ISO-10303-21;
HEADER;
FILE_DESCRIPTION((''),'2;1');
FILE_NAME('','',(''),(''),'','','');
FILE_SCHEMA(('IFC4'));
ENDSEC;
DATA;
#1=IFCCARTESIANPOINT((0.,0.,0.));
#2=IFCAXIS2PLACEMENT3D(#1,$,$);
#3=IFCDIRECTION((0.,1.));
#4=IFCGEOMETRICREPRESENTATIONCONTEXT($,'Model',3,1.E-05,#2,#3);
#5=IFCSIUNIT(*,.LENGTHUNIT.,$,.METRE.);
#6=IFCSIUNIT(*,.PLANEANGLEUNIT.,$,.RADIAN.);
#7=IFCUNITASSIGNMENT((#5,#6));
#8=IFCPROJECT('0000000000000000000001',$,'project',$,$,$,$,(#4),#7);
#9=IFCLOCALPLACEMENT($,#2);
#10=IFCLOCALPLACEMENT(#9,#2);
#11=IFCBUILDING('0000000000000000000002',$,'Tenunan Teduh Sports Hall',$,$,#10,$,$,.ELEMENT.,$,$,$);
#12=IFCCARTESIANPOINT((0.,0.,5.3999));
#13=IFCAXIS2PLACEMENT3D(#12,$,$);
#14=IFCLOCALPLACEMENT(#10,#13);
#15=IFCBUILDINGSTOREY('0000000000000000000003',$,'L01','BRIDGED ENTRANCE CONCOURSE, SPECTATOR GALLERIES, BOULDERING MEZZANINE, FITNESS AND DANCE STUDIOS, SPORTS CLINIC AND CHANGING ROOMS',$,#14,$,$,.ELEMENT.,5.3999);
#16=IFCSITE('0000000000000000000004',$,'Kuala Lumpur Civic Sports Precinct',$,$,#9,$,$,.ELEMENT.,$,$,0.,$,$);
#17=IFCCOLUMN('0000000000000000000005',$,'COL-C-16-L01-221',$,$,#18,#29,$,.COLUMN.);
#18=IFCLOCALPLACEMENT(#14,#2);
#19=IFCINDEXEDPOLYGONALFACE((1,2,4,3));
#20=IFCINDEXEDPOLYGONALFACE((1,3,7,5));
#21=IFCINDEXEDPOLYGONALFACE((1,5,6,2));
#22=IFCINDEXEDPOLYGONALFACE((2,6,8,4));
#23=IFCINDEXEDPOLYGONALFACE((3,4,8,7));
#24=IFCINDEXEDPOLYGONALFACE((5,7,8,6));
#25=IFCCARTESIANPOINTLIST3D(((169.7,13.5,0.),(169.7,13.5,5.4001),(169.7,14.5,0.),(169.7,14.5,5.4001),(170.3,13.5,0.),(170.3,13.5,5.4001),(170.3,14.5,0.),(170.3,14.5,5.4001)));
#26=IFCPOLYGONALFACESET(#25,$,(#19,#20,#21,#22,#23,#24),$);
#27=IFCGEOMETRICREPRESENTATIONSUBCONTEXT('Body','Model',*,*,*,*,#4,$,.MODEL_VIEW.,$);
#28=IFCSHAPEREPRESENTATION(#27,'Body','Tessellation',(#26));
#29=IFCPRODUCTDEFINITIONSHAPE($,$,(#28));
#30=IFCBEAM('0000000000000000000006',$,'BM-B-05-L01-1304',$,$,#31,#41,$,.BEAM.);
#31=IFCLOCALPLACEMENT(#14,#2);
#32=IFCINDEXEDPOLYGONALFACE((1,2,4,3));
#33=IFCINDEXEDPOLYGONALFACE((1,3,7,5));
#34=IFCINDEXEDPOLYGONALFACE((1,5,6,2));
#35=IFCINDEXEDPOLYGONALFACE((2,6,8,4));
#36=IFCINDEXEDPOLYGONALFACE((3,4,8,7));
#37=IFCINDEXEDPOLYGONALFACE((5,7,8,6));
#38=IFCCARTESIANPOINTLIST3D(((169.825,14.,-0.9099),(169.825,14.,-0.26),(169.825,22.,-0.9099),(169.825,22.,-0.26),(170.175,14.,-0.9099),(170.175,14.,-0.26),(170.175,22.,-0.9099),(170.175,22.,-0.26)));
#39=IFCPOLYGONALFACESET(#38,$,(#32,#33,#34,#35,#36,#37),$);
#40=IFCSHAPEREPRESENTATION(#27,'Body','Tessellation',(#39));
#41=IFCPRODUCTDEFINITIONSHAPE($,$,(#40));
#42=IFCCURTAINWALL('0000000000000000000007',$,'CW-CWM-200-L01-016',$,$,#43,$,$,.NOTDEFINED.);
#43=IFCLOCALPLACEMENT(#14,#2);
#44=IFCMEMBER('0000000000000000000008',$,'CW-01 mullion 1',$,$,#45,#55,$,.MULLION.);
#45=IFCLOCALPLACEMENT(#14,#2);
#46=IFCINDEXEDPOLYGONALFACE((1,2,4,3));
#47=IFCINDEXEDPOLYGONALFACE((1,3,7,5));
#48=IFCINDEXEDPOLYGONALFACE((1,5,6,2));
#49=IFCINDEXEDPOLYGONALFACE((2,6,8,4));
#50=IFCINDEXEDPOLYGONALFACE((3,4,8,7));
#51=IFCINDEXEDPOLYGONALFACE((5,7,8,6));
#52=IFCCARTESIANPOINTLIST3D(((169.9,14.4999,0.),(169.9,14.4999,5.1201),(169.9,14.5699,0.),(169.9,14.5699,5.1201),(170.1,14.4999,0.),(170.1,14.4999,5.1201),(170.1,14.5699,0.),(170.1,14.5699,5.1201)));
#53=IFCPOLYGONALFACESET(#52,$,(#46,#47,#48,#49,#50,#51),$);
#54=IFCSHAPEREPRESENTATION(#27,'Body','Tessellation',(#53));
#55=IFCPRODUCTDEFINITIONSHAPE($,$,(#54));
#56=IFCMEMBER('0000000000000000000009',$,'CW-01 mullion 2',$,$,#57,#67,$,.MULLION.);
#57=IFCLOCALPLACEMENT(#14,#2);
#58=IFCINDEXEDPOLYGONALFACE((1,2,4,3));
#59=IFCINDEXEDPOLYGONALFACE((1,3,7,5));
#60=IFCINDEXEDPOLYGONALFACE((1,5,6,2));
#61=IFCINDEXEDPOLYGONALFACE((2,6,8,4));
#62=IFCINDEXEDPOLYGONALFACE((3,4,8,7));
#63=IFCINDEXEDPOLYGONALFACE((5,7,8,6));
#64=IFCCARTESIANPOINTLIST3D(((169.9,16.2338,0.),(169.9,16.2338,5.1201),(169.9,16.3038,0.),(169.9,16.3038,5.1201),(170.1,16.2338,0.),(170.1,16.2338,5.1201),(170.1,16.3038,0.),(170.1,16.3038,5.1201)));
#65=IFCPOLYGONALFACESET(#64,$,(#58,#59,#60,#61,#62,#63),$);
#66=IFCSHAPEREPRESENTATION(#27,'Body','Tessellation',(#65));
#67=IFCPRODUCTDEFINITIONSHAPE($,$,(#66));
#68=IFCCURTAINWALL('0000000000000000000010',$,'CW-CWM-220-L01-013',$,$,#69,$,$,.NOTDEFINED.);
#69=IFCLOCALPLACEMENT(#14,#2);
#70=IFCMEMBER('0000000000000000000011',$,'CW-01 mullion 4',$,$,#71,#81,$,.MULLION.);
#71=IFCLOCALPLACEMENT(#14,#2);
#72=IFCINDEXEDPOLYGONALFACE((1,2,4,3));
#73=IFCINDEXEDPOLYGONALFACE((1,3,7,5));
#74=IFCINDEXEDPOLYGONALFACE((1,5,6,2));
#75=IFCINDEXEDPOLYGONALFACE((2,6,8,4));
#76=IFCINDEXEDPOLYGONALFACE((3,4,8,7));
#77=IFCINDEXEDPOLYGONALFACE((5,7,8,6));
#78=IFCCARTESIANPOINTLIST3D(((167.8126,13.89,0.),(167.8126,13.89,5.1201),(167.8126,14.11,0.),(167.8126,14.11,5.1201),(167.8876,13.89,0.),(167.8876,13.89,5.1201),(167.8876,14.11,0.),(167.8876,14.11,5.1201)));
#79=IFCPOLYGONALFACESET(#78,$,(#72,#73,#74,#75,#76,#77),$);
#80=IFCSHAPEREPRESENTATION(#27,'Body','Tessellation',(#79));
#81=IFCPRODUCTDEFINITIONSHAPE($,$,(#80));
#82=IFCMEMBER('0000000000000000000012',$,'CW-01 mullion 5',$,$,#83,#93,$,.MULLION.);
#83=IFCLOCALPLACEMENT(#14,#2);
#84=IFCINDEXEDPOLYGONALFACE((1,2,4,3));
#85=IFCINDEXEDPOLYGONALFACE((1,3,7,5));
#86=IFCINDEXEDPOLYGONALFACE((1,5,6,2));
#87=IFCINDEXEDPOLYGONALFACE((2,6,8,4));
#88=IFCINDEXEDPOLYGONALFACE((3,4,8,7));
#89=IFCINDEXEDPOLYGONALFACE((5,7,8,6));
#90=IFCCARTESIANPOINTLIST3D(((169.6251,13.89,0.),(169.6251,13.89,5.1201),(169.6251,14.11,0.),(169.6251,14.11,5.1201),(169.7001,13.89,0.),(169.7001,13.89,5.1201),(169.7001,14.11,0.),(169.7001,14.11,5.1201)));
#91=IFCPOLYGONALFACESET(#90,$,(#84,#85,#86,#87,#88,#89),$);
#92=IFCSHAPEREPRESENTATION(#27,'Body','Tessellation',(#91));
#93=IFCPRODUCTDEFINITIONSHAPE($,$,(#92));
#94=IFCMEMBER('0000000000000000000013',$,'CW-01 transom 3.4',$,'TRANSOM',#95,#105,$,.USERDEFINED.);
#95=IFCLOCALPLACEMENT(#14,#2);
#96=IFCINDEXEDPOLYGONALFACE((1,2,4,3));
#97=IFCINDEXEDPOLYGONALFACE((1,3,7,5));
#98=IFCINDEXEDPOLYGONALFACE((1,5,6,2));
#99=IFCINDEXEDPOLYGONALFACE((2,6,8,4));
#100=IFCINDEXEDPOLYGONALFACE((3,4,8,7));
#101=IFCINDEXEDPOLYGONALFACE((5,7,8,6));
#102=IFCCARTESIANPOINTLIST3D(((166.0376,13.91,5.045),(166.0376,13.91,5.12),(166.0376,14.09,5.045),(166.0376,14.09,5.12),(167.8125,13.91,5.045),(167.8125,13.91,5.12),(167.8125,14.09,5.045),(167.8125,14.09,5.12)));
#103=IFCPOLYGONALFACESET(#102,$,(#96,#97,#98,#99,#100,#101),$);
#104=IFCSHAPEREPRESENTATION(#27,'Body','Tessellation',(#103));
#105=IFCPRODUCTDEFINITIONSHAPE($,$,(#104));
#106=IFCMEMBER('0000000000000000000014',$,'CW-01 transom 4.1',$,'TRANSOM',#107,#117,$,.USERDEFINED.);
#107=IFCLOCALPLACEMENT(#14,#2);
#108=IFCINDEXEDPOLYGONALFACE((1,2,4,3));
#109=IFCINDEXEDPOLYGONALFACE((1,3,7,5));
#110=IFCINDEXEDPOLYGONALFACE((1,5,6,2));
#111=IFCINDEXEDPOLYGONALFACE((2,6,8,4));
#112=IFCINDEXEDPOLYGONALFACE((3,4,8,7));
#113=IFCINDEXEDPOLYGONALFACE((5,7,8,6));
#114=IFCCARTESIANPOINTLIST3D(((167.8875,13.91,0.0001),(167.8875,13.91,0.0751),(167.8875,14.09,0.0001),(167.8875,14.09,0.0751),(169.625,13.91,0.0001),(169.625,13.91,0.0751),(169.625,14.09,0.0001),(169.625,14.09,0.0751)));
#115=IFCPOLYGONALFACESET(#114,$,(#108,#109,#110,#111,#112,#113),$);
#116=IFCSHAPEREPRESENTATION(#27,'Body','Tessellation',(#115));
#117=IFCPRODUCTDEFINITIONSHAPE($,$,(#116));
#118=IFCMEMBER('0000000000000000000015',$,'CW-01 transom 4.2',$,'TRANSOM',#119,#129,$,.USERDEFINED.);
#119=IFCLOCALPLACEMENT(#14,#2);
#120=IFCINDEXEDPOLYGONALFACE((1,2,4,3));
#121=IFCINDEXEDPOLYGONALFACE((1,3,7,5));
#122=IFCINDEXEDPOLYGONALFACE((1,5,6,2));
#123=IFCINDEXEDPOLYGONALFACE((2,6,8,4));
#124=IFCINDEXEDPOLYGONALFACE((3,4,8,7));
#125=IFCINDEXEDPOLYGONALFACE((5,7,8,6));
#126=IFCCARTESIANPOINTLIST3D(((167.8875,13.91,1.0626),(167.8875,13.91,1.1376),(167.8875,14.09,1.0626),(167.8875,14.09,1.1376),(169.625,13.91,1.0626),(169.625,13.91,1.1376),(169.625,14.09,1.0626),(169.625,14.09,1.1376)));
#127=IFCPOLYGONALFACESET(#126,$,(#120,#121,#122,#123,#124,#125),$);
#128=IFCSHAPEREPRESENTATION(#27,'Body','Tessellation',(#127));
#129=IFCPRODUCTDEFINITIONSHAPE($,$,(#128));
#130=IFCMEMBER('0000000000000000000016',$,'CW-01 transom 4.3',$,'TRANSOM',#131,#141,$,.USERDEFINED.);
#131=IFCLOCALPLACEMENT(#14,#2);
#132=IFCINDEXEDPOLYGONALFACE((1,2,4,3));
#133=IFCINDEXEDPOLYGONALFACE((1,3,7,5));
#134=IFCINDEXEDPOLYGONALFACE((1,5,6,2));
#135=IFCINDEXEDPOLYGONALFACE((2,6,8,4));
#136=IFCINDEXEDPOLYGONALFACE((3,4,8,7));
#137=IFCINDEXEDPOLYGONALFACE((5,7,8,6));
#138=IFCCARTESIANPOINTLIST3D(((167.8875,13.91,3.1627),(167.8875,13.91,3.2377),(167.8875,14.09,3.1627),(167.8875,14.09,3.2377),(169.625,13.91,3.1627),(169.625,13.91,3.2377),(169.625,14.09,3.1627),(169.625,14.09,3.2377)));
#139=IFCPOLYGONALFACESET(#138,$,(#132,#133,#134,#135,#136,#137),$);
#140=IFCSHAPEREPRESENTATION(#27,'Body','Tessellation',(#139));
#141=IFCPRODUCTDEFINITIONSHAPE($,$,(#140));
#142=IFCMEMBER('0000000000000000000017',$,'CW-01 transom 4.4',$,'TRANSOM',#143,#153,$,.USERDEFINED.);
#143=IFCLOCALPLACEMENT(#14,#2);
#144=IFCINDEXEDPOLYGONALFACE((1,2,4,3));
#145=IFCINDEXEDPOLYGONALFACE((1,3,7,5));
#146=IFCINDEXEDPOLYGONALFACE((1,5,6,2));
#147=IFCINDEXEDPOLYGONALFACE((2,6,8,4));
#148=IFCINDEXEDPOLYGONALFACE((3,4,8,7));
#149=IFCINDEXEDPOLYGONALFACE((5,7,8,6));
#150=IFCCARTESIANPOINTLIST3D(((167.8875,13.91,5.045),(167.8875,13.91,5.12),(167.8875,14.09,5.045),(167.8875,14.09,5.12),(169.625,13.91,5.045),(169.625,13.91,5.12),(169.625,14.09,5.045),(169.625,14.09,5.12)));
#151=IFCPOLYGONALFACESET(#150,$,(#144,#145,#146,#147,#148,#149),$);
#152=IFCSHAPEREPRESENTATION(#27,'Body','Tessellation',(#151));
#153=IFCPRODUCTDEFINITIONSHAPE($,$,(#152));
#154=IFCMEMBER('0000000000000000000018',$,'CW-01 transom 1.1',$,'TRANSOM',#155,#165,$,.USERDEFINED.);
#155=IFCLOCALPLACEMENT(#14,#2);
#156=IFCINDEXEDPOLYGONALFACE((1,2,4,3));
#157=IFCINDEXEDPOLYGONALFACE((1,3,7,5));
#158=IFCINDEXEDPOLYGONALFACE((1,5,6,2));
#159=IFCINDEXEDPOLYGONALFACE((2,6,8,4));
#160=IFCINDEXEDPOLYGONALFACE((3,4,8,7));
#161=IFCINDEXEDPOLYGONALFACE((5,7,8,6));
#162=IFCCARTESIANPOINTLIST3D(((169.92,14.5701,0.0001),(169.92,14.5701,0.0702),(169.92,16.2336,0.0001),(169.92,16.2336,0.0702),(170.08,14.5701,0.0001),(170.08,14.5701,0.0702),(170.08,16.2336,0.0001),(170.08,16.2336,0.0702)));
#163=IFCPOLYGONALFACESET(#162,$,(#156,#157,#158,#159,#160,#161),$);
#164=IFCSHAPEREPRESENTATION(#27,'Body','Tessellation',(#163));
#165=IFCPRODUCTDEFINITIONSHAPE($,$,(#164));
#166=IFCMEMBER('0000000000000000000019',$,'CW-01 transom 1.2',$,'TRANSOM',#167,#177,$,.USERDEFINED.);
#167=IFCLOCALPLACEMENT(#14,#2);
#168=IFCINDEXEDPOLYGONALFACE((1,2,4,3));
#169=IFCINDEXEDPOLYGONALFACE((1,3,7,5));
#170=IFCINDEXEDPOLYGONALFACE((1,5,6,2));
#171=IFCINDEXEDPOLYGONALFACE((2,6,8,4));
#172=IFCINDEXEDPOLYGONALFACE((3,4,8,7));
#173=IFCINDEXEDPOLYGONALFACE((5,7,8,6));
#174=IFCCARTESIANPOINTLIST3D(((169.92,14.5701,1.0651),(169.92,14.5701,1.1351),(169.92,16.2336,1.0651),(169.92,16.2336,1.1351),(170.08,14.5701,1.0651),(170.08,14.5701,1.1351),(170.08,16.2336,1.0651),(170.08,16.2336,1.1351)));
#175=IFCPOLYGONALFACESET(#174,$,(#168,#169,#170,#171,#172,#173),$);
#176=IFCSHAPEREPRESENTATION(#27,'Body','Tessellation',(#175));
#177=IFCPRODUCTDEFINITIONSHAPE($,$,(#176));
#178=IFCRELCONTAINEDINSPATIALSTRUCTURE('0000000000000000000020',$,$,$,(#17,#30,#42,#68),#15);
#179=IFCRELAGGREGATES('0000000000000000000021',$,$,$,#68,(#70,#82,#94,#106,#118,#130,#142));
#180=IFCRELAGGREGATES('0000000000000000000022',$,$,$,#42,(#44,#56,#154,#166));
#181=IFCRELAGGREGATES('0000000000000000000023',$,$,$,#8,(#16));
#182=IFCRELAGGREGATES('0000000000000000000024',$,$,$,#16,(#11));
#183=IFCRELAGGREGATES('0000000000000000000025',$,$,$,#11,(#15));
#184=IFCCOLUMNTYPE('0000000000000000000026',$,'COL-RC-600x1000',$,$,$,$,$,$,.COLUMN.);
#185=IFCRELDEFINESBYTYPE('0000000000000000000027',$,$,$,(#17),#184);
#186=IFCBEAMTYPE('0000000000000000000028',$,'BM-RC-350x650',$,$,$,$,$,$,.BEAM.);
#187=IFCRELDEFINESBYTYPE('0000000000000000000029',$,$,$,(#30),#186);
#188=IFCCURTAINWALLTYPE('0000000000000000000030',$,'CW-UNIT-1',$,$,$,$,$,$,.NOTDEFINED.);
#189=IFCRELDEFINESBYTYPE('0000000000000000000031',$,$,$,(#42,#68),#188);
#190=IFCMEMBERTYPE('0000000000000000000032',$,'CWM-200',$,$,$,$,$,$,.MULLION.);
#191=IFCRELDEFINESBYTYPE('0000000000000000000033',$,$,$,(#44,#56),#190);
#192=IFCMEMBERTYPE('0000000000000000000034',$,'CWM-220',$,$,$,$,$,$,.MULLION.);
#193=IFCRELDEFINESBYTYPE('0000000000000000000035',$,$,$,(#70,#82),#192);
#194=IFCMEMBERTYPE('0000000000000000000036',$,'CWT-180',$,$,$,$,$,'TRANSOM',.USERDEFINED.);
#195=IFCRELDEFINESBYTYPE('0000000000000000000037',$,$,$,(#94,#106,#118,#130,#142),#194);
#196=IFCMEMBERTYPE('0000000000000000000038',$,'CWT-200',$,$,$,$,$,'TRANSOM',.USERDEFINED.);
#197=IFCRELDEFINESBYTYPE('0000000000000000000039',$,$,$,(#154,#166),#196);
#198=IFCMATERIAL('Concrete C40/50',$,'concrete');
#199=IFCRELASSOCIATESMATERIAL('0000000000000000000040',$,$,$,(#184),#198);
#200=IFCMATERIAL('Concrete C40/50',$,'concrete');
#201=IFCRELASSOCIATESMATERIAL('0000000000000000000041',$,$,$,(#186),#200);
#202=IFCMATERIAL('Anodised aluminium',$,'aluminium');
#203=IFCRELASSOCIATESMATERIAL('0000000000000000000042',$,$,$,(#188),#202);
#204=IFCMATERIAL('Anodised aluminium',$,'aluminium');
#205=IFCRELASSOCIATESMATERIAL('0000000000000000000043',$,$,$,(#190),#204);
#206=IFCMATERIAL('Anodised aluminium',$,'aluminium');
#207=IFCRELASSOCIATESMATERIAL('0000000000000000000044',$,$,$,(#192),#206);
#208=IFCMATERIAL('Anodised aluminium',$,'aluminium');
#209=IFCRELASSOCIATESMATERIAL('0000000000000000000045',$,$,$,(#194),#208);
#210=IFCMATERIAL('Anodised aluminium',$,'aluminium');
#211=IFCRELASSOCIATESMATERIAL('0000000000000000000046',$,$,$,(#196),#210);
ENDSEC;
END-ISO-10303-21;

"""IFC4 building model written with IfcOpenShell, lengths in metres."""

from ifc_helpers import new_model, si_unit, direction, frame, origin, origin_2d, place, context, subcontext, project, spatial, rectangle, extrude, material, material_profile, profile_set, type_object, element, aggregate, save


model = new_model("IFC4")

# Units and contexts
model_context = context("Model", 3, precision=1e-05, world=origin(), true_north=direction((0.0, 1.0)))
body_context = subcontext(model_context, "Body", "Model", "MODEL_VIEW")
ifc_project = project(units=[si_unit("LENGTHUNIT", "METRE"), si_unit("PLANEANGLEUNIT", "RADIAN")], contexts=[model_context])

# Site, building, storey
site_placement = place(None, origin())
site = spatial("IfcSite", under=ifc_project, at=site_placement, Name="Kuala Lumpur Civic Sports Precinct", CompositionType="ELEMENT", RefElevation=0.0)
building_placement = place(site_placement, origin())
building = spatial("IfcBuilding", under=site, at=building_placement, Name="Tenunan Teduh Sports Hall", CompositionType="ELEMENT")
storey_placement = place(building_placement, frame((0.0, 0.0, 5.3999)))
storey = spatial("IfcBuildingStorey", under=building, at=storey_placement, Name="L01", Description="BRIDGED ENTRANCE CONCOURSE, SPECTATOR GALLERIES, BOULDERING MEZZANINE, FITNESS AND DANCE STUDIOS, SPORTS CLINIC AND CHANGING ROOMS", CompositionType="ELEMENT", Elevation=5.3999)

# Column
ifc_material_1 = material(Name="Concrete C40/50", Category="concrete")
ifc_material_profile_1 = material_profile(ifc_material_1, rectangle(XDim=0.6001, YDim=1.0, at=origin_2d()), Name="RC 600x1000")
ifc_profile_set_1 = profile_set([ifc_material_profile_1], Name="Concrete C40/50")
column_type = type_object("IfcColumnType", Name="COL-RC-600x1000", PredefinedType="COLUMN", material=ifc_profile_set_1)
column_placement = place(storey_placement, frame((170.0, 14.0, 0.0), z_axis=(0.0, 0.0, 1.0), x_axis=(1.0, 0.0, 0.0)))
element("IfcColumn", 1, at=column_placement, inside=storey, type_object=column_type, Name="COL-C-16-L01-221", PredefinedType="COLUMN", context=body_context, shape_type="SweptSolid", body=[
    extrude(rectangle(XDim=0.6001, YDim=1.0, at=origin_2d()), origin(), (0.0, 0.0, 1.0), 5.4001),
])

# Beam
ifc_material_2 = material(Name="Concrete C40/50", Category="concrete")
ifc_material_profile_2 = material_profile(ifc_material_2, rectangle(XDim=0.3501, YDim=0.6499, at=origin_2d()), Name="RCB 350x650")
ifc_profile_set_2 = profile_set([ifc_material_profile_2], Name="Concrete C40/50")
beam_type_1 = type_object("IfcBeamType", Name="BM-RC-350x650", PredefinedType="BEAM", material=ifc_profile_set_2)
beam_1_placement = place(storey_placement, frame((170.0, 14.0, -0.585), z_axis=(0.0, 1.0, 0.0), x_axis=(-1.0, 0.0, 0.0)))
element("IfcBeam", 2, at=beam_1_placement, inside=storey, type_object=beam_type_1, Name="BM-B-05-L01-1304", PredefinedType="BEAM", context=body_context, shape_type="SweptSolid", body=[
    extrude(rectangle(XDim=0.3501, YDim=0.6499, at=origin_2d()), origin(), (0.0, 0.0, 1.0), 8.0),
])

# Curtain walls, members
ifc_material_3 = material(Name="Anodised aluminium", Category="aluminium")
curtain_wall_type = type_object("IfcCurtainWallType", Name="CW-UNIT-1", PredefinedType="NOTDEFINED", material=ifc_material_3)
curtain_wall_1_placement = place(storey_placement, origin())
curtain_wall_1 = element("IfcCurtainWall", 3, at=curtain_wall_1_placement, inside=storey, type_object=curtain_wall_type, Name="CW-CWM-200-L01-016", PredefinedType="NOTDEFINED")
ifc_material_4 = material(Name="Anodised aluminium", Category="aluminium")
ifc_material_profile_3 = material_profile(ifc_material_4, rectangle(XDim=0.0701, YDim=0.2, at=origin_2d()), Name="CWM 70x200")
ifc_profile_set_3 = profile_set([ifc_material_profile_3], Name="Anodised aluminium")
member_type_1 = type_object("IfcMemberType", Name="CWM-200", PredefinedType="MULLION", material=ifc_profile_set_3)
member_1_placement = place(storey_placement, frame((170.0, 14.5349, 0.0), z_axis=(0.0, 0.0, 1.0), x_axis=(0.0, 1.0, 0.0)))
member_1 = element("IfcMember", 4, at=member_1_placement, type_object=member_type_1, Name="CW-01 mullion 1", PredefinedType="MULLION", context=body_context, shape_type="SweptSolid", body=[
    extrude(rectangle(XDim=0.0701, YDim=0.2, at=origin_2d()), origin(), (0.0, 0.0, 1.0), 5.1201),
])
member_2_placement = place(storey_placement, frame((170.0, 16.2688, 0.0), z_axis=(0.0, 0.0, 1.0), x_axis=(0.0, 1.0, 0.0)))
member_2 = element("IfcMember", 5, at=member_2_placement, type_object=member_type_1, Name="CW-01 mullion 2", PredefinedType="MULLION", context=body_context, shape_type="SweptSolid", body=[
    extrude(rectangle(XDim=0.0701, YDim=0.2, at=origin_2d()), origin(), (0.0, 0.0, 1.0), 5.1201),
])
curtain_wall_2_placement = place(storey_placement, origin())
curtain_wall_2 = element("IfcCurtainWall", 6, at=curtain_wall_2_placement, inside=storey, type_object=curtain_wall_type, Name="CW-CWM-220-L01-013", PredefinedType="NOTDEFINED")
ifc_material_5 = material(Name="Anodised aluminium", Category="aluminium")
ifc_material_profile_4 = material_profile(ifc_material_5, rectangle(XDim=0.075, YDim=0.22, at=origin_2d()), Name="CWM 75x220")
ifc_profile_set_4 = profile_set([ifc_material_profile_4], Name="Anodised aluminium")
member_type_2 = type_object("IfcMemberType", Name="CWM-220", PredefinedType="MULLION", material=ifc_profile_set_4)
member_3_placement = place(storey_placement, frame((167.8501, 14.0, 0.0), z_axis=(0.0, 0.0, 1.0), x_axis=(1.0, 0.0, 0.0)))
member_3 = element("IfcMember", 7, at=member_3_placement, type_object=member_type_2, Name="CW-01 mullion 4", PredefinedType="MULLION", context=body_context, shape_type="SweptSolid", body=[
    extrude(rectangle(XDim=0.075, YDim=0.22, at=origin_2d()), origin(), (0.0, 0.0, 1.0), 5.1201),
])
member_4_placement = place(storey_placement, frame((169.6626, 14.0, 0.0), z_axis=(0.0, 0.0, 1.0), x_axis=(1.0, 0.0, 0.0)))
member_4 = element("IfcMember", 8, at=member_4_placement, type_object=member_type_2, Name="CW-01 mullion 5", PredefinedType="MULLION", context=body_context, shape_type="SweptSolid", body=[
    extrude(rectangle(XDim=0.075, YDim=0.22, at=origin_2d()), origin(), (0.0, 0.0, 1.0), 5.1201),
])
ifc_material_6 = material(Name="Anodised aluminium", Category="aluminium")
ifc_material_profile_5 = material_profile(ifc_material_6, rectangle(XDim=0.075, YDim=0.1799, at=origin_2d()), Name="CWT 75x180")
ifc_profile_set_5 = profile_set([ifc_material_profile_5], Name="Anodised aluminium")
member_type_3 = type_object("IfcMemberType", Name="CWT-180", ElementType="TRANSOM", PredefinedType="USERDEFINED", material=ifc_profile_set_5)
member_5_placement = place(storey_placement, frame((166.0376, 14.0, 5.0825), z_axis=(1.0, 0.0, 0.0), x_axis=(0.0, 0.0, 1.0)))
member_5 = element("IfcMember", 9, at=member_5_placement, type_object=member_type_3, Name="CW-01 transom 3.4", ObjectType="TRANSOM", PredefinedType="USERDEFINED", context=body_context, shape_type="SweptSolid", body=[
    extrude(rectangle(XDim=0.075, YDim=0.1799, at=origin_2d()), origin(), (0.0, 0.0, 1.0), 1.7749),
])
member_6_placement = place(storey_placement, frame((167.8875, 14.0, 0.0376), z_axis=(1.0, 0.0, 0.0), x_axis=(0.0, 0.0, 1.0)))
member_6 = element("IfcMember", 10, at=member_6_placement, type_object=member_type_3, Name="CW-01 transom 4.1", ObjectType="TRANSOM", PredefinedType="USERDEFINED", context=body_context, shape_type="SweptSolid", body=[
    extrude(rectangle(XDim=0.075, YDim=0.1799, at=origin_2d()), origin(), (0.0, 0.0, 1.0), 1.7375),
])
member_7_placement = place(storey_placement, frame((167.8875, 14.0, 1.1001), z_axis=(1.0, 0.0, 0.0), x_axis=(0.0, 0.0, 1.0)))
member_7 = element("IfcMember", 11, at=member_7_placement, type_object=member_type_3, Name="CW-01 transom 4.2", ObjectType="TRANSOM", PredefinedType="USERDEFINED", context=body_context, shape_type="SweptSolid", body=[
    extrude(rectangle(XDim=0.075, YDim=0.1799, at=origin_2d()), origin(), (0.0, 0.0, 1.0), 1.7375),
])
member_8_placement = place(storey_placement, frame((167.8875, 14.0, 3.2002), z_axis=(1.0, 0.0, 0.0), x_axis=(0.0, 0.0, 1.0)))
member_8 = element("IfcMember", 12, at=member_8_placement, type_object=member_type_3, Name="CW-01 transom 4.3", ObjectType="TRANSOM", PredefinedType="USERDEFINED", context=body_context, shape_type="SweptSolid", body=[
    extrude(rectangle(XDim=0.075, YDim=0.1799, at=origin_2d()), origin(), (0.0, 0.0, 1.0), 1.7375),
])
member_9_placement = place(storey_placement, frame((167.8875, 14.0, 5.0825), z_axis=(1.0, 0.0, 0.0), x_axis=(0.0, 0.0, 1.0)))
member_9 = element("IfcMember", 13, at=member_9_placement, type_object=member_type_3, Name="CW-01 transom 4.4", ObjectType="TRANSOM", PredefinedType="USERDEFINED", context=body_context, shape_type="SweptSolid", body=[
    extrude(rectangle(XDim=0.075, YDim=0.1799, at=origin_2d()), origin(), (0.0, 0.0, 1.0), 1.7375),
])

# Members
ifc_material_7 = material(Name="Anodised aluminium", Category="aluminium")
ifc_material_profile_6 = material_profile(ifc_material_7, rectangle(XDim=0.0701, YDim=0.1599, at=origin_2d()), Name="CWT 70x160")
ifc_profile_set_6 = profile_set([ifc_material_profile_6], Name="Anodised aluminium")
member_type_4 = type_object("IfcMemberType", Name="CWT-200", ElementType="TRANSOM", PredefinedType="USERDEFINED", material=ifc_profile_set_6)
member_10_placement = place(storey_placement, frame((170.0, 14.5701, 0.0352), z_axis=(0.0, 1.0, 0.0), x_axis=(0.0, 0.0, 1.0)))
member_10 = element("IfcMember", 14, at=member_10_placement, type_object=member_type_4, Name="CW-01 transom 1.1", ObjectType="TRANSOM", PredefinedType="USERDEFINED", context=body_context, shape_type="SweptSolid", body=[
    extrude(rectangle(XDim=0.0701, YDim=0.1599, at=origin_2d()), origin(), (0.0, 0.0, 1.0), 1.6636),
])
member_11_placement = place(storey_placement, frame((170.0, 14.5701, 1.1001), z_axis=(0.0, 1.0, 0.0), x_axis=(0.0, 0.0, 1.0)))
member_11 = element("IfcMember", 15, at=member_11_placement, type_object=member_type_4, Name="CW-01 transom 1.2", ObjectType="TRANSOM", PredefinedType="USERDEFINED", context=body_context, shape_type="SweptSolid", body=[
    extrude(rectangle(XDim=0.0701, YDim=0.1599, at=origin_2d()), origin(), (0.0, 0.0, 1.0), 1.6636),
])

aggregate(curtain_wall_2, [member_3, member_4, member_5, member_6, member_7, member_8, member_9])
aggregate(curtain_wall_1, [member_1, member_2, member_10, member_11])

save(model, "model.ifc")
